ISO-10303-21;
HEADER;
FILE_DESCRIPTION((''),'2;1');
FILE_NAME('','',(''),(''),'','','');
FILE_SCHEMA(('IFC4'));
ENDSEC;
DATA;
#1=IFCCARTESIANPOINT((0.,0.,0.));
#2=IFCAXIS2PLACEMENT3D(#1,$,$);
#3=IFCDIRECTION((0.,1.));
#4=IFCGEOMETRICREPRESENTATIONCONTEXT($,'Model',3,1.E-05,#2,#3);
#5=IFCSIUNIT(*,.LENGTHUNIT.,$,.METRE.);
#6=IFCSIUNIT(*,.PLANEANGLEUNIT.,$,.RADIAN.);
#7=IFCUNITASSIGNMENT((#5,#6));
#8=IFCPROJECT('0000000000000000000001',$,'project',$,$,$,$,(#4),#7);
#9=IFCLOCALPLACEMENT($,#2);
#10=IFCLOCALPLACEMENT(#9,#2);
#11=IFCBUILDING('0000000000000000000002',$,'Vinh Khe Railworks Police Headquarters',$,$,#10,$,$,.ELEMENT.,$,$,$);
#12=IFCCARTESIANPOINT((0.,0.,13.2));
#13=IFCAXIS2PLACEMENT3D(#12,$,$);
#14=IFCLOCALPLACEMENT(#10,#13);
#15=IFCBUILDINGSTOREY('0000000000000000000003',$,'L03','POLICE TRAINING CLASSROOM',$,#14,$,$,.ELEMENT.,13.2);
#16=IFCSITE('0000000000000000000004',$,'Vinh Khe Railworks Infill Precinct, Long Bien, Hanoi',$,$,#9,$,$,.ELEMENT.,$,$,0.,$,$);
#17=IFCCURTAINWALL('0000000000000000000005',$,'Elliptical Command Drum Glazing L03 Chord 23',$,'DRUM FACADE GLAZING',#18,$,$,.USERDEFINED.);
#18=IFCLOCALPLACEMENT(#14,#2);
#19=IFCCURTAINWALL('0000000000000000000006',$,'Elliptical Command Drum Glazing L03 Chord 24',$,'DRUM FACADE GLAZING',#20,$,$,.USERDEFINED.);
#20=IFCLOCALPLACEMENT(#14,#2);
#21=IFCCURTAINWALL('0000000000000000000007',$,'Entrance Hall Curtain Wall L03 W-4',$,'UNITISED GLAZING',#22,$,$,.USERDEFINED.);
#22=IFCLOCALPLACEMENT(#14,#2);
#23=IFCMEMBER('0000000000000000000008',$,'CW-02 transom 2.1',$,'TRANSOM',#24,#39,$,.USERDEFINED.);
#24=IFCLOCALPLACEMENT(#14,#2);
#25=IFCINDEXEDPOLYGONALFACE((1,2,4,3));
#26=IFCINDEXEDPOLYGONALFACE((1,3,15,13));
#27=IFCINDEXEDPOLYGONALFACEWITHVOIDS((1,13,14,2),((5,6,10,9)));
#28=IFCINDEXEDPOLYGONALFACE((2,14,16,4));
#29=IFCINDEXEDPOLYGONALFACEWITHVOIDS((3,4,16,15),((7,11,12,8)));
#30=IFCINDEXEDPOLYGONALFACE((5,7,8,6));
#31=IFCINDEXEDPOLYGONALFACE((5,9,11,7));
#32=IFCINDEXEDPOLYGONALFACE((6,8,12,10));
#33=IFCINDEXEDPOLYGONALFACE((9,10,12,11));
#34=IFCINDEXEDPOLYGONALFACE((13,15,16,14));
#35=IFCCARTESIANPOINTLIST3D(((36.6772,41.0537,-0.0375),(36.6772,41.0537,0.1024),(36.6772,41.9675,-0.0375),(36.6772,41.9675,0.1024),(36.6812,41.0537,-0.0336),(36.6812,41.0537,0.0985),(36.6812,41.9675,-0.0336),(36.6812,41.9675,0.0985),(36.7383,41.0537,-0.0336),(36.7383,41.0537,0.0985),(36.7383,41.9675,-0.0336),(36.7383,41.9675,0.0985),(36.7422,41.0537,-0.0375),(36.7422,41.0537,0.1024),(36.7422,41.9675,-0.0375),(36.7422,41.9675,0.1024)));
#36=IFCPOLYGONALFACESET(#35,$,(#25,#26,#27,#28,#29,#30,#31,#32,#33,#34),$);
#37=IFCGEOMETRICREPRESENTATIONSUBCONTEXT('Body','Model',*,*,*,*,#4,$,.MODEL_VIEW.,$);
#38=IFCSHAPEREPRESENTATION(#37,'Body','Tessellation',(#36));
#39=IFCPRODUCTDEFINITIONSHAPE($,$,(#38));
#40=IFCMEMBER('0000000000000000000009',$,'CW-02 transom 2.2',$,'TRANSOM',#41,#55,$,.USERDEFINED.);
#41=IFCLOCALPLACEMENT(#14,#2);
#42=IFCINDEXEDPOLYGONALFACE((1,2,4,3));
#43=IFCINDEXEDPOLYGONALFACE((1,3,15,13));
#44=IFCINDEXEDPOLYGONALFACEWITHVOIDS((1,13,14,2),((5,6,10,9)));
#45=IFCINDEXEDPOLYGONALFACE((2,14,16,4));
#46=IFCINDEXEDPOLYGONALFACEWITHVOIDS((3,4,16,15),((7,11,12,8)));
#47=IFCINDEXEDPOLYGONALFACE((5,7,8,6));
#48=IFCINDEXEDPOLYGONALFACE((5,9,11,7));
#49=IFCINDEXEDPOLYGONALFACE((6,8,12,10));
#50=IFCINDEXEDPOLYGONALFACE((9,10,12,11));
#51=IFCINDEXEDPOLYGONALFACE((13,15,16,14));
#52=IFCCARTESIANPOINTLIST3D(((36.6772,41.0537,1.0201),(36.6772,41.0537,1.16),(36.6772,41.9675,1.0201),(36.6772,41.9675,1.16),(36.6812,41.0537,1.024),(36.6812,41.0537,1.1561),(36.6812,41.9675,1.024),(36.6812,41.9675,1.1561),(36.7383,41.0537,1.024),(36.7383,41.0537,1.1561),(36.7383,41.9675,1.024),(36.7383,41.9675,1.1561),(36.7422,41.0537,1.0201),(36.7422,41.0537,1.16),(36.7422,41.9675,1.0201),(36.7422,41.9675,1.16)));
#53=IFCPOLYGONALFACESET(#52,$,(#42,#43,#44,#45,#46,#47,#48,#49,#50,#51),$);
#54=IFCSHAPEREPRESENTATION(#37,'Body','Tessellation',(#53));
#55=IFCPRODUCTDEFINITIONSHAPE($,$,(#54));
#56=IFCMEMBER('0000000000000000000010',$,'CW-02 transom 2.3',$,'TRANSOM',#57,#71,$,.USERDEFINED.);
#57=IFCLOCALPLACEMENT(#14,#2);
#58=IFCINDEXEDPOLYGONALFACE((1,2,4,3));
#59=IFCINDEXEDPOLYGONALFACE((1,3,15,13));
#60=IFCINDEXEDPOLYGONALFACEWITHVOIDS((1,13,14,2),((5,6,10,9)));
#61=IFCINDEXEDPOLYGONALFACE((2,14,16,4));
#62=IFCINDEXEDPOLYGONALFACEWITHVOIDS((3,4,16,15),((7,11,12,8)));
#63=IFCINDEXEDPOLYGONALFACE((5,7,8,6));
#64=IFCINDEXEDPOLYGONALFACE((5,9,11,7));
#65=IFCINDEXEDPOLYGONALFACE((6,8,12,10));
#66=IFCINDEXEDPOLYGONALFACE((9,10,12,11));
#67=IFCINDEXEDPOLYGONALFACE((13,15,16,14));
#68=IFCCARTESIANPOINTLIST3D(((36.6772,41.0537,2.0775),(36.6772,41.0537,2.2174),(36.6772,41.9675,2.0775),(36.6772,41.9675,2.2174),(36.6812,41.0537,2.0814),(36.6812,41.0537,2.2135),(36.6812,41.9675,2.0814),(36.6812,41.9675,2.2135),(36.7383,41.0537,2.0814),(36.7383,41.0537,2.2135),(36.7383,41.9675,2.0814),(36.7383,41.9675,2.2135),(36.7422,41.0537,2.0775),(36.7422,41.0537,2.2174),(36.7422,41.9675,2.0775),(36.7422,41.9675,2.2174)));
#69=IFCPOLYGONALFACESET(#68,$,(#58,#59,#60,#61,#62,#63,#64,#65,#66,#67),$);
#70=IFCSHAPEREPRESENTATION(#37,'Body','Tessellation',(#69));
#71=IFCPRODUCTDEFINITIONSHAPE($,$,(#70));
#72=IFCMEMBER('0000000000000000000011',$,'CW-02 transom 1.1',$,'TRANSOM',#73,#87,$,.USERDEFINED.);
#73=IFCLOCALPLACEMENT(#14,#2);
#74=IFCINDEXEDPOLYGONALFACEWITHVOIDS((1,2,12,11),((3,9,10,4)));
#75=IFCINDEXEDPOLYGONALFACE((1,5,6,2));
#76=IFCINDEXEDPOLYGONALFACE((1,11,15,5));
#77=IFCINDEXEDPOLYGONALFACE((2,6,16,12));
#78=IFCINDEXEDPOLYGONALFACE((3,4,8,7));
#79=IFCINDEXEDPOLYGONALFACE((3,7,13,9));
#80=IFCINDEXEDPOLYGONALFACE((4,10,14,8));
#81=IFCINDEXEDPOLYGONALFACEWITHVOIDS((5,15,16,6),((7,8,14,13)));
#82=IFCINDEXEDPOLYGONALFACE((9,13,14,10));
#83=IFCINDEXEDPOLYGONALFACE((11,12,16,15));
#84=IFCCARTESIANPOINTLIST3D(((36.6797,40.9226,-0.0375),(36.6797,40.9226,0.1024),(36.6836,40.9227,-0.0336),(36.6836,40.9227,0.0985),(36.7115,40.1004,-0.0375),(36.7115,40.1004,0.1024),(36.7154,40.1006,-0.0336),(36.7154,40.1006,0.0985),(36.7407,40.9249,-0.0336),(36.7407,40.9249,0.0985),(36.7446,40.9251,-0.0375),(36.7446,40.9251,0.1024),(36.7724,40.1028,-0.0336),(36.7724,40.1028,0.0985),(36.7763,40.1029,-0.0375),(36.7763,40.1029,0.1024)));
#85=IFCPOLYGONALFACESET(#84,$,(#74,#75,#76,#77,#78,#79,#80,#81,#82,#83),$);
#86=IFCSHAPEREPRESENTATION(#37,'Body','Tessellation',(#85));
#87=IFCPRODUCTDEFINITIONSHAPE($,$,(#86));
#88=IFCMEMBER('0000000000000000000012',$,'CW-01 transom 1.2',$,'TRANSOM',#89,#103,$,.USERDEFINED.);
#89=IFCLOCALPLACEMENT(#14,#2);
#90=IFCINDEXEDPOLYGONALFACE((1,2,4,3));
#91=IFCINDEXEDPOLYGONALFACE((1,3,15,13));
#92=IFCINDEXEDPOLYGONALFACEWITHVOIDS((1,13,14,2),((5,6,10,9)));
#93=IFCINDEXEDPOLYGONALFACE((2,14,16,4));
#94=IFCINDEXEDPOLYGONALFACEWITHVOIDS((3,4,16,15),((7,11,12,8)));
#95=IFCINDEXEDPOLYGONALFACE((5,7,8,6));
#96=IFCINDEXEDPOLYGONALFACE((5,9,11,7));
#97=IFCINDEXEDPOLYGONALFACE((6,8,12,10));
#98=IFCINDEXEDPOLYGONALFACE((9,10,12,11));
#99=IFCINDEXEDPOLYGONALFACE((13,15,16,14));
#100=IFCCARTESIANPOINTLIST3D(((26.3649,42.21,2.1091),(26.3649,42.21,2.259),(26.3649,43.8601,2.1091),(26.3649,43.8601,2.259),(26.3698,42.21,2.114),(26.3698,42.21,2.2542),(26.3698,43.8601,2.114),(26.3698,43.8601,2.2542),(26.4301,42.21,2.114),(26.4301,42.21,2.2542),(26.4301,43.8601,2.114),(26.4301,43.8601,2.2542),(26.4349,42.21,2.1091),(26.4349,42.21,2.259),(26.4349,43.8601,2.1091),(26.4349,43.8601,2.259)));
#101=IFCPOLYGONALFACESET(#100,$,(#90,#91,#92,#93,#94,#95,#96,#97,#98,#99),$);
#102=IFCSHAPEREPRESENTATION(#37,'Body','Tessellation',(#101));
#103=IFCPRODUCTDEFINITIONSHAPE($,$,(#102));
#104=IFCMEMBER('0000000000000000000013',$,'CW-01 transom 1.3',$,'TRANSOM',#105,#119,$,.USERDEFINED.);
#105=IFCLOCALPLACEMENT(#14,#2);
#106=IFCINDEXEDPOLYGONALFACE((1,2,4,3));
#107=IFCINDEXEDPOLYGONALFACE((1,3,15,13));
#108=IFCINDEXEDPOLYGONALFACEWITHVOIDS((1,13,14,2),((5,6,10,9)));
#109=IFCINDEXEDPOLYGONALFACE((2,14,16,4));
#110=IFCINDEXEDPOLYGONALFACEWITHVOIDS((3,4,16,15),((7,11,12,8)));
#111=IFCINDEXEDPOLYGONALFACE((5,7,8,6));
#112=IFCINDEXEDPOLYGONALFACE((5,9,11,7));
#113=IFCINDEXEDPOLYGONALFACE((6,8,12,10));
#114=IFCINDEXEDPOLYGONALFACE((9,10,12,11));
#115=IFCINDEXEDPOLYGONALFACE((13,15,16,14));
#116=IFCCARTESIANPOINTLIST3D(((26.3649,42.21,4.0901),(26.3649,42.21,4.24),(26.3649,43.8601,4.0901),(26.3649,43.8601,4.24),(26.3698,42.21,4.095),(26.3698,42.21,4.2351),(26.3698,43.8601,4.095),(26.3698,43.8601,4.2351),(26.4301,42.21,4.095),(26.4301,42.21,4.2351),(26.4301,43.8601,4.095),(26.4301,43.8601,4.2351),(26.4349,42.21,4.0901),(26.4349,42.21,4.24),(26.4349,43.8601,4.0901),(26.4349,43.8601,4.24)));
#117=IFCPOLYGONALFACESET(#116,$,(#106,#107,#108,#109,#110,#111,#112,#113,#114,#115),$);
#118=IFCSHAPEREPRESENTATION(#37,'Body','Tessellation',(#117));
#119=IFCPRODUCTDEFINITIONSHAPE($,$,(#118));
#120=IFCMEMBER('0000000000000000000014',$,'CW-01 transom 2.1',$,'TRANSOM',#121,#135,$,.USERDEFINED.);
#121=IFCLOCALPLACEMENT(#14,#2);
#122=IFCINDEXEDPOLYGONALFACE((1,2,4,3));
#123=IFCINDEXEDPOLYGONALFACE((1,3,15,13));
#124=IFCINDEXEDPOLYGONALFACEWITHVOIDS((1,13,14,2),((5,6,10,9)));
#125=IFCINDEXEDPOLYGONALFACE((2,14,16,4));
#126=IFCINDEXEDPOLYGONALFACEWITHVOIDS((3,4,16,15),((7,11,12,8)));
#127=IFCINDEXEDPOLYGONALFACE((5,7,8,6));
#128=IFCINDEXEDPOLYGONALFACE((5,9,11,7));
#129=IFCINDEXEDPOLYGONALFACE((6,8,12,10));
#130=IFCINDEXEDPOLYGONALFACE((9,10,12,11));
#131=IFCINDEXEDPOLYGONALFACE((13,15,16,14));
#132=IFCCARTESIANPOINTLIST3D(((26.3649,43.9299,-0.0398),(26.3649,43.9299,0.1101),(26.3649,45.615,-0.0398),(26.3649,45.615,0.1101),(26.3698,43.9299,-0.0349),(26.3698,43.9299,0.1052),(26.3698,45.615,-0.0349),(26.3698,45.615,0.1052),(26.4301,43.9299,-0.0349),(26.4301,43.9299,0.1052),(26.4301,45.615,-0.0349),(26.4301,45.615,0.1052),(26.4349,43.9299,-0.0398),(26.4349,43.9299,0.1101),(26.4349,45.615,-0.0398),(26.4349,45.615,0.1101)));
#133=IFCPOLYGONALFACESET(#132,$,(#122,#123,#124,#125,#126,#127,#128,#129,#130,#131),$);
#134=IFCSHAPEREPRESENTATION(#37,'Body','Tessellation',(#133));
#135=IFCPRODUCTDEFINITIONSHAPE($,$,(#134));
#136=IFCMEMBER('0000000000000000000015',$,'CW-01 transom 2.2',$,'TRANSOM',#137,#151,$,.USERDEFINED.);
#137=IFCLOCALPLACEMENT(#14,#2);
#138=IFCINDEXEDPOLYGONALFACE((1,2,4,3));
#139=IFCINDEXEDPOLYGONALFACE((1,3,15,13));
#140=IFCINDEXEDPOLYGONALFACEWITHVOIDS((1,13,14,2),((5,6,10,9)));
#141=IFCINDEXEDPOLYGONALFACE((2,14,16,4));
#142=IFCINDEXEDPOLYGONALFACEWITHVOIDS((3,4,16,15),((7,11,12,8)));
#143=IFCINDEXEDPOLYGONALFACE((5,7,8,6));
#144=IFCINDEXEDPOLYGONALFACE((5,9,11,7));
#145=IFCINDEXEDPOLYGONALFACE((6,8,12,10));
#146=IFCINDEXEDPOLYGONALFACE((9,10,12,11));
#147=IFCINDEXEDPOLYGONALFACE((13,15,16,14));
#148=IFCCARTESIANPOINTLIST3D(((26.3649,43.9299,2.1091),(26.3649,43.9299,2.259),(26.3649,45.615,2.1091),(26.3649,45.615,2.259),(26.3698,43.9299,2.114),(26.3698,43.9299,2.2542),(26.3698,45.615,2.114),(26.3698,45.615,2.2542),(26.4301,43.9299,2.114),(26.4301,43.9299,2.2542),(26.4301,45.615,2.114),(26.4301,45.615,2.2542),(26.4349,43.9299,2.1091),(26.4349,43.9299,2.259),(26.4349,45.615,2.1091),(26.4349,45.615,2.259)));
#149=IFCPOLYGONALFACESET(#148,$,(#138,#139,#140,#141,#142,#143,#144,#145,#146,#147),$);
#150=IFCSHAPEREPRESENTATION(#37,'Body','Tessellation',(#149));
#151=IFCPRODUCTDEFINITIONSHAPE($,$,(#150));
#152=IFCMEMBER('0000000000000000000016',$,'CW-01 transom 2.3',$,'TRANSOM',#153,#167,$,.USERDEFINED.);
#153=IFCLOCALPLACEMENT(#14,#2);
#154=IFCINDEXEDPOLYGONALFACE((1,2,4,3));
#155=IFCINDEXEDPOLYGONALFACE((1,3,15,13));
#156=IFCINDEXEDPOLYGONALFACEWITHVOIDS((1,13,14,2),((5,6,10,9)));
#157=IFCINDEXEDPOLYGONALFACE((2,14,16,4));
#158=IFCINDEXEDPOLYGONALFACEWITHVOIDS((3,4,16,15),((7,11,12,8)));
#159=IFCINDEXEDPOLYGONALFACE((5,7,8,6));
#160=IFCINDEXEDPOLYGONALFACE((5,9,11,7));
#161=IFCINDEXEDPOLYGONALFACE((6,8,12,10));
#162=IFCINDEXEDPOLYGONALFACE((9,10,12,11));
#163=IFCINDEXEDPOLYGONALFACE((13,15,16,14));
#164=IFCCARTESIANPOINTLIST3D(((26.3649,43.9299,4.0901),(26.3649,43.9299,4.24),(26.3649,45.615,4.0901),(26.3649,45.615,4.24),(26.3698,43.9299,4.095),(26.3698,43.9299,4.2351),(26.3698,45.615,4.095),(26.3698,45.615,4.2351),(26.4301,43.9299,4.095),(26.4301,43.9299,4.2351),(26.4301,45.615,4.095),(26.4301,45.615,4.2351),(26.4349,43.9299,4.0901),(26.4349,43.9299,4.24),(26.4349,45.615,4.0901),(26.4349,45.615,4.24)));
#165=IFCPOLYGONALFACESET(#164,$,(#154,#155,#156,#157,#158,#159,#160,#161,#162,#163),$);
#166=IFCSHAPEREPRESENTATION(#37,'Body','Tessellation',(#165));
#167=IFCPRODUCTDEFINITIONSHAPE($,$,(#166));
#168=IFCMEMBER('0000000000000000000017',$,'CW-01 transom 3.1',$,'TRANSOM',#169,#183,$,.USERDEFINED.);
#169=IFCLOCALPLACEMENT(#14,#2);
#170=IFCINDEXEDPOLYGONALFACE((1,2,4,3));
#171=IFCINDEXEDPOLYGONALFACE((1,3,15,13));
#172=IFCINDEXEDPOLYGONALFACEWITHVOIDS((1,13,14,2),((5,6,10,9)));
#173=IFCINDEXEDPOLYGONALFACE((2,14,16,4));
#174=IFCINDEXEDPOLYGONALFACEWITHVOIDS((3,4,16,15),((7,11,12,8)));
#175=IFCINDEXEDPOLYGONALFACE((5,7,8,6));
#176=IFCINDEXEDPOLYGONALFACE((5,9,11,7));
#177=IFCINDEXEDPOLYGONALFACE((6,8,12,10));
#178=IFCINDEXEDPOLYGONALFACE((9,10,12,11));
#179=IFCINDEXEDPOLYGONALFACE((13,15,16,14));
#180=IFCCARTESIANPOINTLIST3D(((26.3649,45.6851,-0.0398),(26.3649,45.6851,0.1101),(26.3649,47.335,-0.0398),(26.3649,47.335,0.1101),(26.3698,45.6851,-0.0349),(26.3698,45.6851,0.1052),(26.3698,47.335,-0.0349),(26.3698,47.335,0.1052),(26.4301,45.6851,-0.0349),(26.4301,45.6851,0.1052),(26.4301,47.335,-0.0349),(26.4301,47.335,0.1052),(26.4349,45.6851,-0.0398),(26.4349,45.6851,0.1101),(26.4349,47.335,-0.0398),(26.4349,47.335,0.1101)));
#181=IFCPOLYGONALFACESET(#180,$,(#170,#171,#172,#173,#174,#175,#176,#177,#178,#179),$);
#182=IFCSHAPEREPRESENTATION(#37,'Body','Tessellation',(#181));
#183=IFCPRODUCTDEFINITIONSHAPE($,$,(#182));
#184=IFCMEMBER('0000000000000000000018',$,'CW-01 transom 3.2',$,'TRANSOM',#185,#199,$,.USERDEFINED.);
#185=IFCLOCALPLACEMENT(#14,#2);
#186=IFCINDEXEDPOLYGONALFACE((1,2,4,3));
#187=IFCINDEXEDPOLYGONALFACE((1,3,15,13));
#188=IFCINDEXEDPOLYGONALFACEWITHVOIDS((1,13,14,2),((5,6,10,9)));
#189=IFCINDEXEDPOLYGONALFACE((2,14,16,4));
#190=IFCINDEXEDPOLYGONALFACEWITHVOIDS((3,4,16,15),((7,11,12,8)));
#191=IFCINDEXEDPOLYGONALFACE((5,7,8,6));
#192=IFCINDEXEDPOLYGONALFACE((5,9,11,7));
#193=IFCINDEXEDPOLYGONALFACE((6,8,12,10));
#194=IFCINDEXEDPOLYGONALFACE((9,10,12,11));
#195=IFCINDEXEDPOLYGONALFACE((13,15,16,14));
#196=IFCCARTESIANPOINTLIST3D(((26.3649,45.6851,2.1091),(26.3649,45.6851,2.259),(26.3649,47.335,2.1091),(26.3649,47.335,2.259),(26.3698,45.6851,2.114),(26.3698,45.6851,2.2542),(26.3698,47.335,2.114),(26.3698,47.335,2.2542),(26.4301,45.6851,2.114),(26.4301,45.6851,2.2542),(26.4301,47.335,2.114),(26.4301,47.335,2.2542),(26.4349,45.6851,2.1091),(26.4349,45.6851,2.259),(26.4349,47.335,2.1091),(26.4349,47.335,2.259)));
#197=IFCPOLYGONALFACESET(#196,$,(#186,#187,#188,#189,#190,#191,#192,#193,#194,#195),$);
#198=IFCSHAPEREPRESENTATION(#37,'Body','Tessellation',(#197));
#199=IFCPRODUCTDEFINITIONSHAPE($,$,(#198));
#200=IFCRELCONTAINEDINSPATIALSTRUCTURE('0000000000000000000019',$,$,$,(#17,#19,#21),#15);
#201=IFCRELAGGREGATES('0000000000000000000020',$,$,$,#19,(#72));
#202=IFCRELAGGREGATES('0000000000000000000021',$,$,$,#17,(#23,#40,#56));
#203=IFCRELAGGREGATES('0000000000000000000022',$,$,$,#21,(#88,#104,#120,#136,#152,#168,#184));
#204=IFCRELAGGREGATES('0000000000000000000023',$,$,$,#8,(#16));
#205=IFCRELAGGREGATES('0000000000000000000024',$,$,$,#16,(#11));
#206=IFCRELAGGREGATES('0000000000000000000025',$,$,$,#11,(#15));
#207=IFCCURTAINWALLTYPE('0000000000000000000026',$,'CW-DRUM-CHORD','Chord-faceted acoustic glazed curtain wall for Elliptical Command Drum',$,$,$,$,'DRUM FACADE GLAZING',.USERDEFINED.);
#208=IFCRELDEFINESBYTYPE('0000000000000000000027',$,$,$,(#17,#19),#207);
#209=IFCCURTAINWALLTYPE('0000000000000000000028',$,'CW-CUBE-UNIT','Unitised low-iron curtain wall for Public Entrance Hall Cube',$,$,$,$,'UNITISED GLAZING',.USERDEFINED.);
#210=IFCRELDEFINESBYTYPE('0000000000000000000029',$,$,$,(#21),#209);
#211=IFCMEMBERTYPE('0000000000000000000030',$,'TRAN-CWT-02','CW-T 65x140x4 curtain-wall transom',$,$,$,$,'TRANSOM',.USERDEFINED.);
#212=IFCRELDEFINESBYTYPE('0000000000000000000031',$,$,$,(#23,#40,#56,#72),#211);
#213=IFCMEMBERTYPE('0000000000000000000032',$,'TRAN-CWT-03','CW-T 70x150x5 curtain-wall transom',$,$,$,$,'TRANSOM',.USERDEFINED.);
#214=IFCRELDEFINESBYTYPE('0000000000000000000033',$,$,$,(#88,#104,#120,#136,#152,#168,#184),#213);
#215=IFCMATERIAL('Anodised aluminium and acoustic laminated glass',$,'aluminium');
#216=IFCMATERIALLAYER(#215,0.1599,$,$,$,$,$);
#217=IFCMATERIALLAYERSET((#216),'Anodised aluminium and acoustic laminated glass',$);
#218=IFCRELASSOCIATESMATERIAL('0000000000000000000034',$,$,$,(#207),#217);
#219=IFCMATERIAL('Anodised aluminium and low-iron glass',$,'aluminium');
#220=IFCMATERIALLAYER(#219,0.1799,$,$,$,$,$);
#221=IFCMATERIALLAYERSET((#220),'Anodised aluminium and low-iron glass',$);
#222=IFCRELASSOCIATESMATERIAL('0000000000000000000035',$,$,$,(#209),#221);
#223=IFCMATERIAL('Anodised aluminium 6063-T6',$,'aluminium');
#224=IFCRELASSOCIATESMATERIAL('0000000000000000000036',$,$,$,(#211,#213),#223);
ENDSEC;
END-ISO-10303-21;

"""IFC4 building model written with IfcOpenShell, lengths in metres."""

from ifc_helpers import new_model, si_unit, direction, frame, origin, origin_2d, place, context, subcontext, project, spatial, hollow_rectangle, extrude, material, layer, layer_set, material_profile, profile_set, type_object, element, aggregate, save


model = new_model("IFC4")

# Units and contexts
model_context = context("Model", 3, precision=1e-05, world=origin(), true_north=direction((0.0, 1.0)))
body_context = subcontext(model_context, "Body", "Model", "MODEL_VIEW")
ifc_project = project(units=[si_unit("LENGTHUNIT", "METRE"), si_unit("PLANEANGLEUNIT", "RADIAN")], contexts=[model_context])

# Site, building, storey
site_placement = place(None, origin())
site = spatial("IfcSite", under=ifc_project, at=site_placement, Name="Vinh Khe Railworks Infill Precinct, Long Bien, Hanoi", CompositionType="ELEMENT", RefElevation=0.0)
building_placement = place(site_placement, origin())
building = spatial("IfcBuilding", under=site, at=building_placement, Name="Vinh Khe Railworks Police Headquarters", CompositionType="ELEMENT")
storey_placement = place(building_placement, frame((0.0, 0.0, 13.2)))
storey = spatial("IfcBuildingStorey", under=building, at=storey_placement, Name="L03", Description="POLICE TRAINING CLASSROOM", CompositionType="ELEMENT", Elevation=13.2)

# Shared definitions
ifc_material_1 = material(Name="Anodised aluminium and acoustic laminated glass", Category="aluminium")
ifc_layer_1 = layer(ifc_material_1, 0.1599)
ifc_layer_set_1 = layer_set([ifc_layer_1], Name="Anodised aluminium and acoustic laminated glass")
curtain_wall_type_1 = type_object("IfcCurtainWallType", Name="CW-DRUM-CHORD", Description="Chord-faceted acoustic glazed curtain wall for Elliptical Command Drum", ElementType="DRUM FACADE GLAZING", PredefinedType="USERDEFINED", material=ifc_layer_set_1)
ifc_material_2 = material(Name="Anodised aluminium 6063-T6", Category="aluminium")

# Curtain wall
curtain_wall_1_placement = place(storey_placement, origin())
curtain_wall_1 = element("IfcCurtainWall", 1, at=curtain_wall_1_placement, inside=storey, type_object=curtain_wall_type_1, Name="Elliptical Command Drum Glazing L03 Chord 23", ObjectType="DRUM FACADE GLAZING", PredefinedType="USERDEFINED")

# Curtain wall
curtain_wall_2_placement = place(storey_placement, origin())
curtain_wall_2 = element("IfcCurtainWall", 2, at=curtain_wall_2_placement, inside=storey, type_object=curtain_wall_type_1, Name="Elliptical Command Drum Glazing L03 Chord 24", ObjectType="DRUM FACADE GLAZING", PredefinedType="USERDEFINED")

# Curtain wall
ifc_material_3 = material(Name="Anodised aluminium and low-iron glass", Category="aluminium")
ifc_layer_2 = layer(ifc_material_3, 0.1799)
ifc_layer_set_2 = layer_set([ifc_layer_2], Name="Anodised aluminium and low-iron glass")
curtain_wall_type_2 = type_object("IfcCurtainWallType", Name="CW-CUBE-UNIT", Description="Unitised low-iron curtain wall for Public Entrance Hall Cube", ElementType="UNITISED GLAZING", PredefinedType="USERDEFINED", material=ifc_layer_set_2)
curtain_wall_3_placement = place(storey_placement, origin())
curtain_wall_3 = element("IfcCurtainWall", 3, at=curtain_wall_3_placement, inside=storey, type_object=curtain_wall_type_2, Name="Entrance Hall Curtain Wall L03 W-4", ObjectType="UNITISED GLAZING", PredefinedType="USERDEFINED")

# Members
ifc_material_profile_1 = material_profile(ifc_material_2, hollow_rectangle(XDim=0.0649, YDim=0.1399, WallThickness=0.0039, at=origin_2d()), Name="CW-T 65x140x4")
ifc_profile_set_1 = profile_set([ifc_material_profile_1], Name="Anodised aluminium 6063-T6")
member_type_1 = type_object("IfcMemberType", Name="TRAN-CWT-02", Description="CW-T 65x140x4 curtain-wall transom", ElementType="TRANSOM", PredefinedType="USERDEFINED", material=ifc_profile_set_1)
member_1_placement = place(storey_placement, frame((36.7097, 41.9675, 0.0325), z_axis=(0.0, -1.0, 0.0), x_axis=(1.0, 0.0, 0.0)))
member_1 = element("IfcMember", 4, at=member_1_placement, type_object=member_type_1, Name="CW-02 transom 2.1", ObjectType="TRANSOM", PredefinedType="USERDEFINED", context=body_context, shape_type="SweptSolid", body=[
    extrude(hollow_rectangle(XDim=0.0649, YDim=0.1399, WallThickness=0.0039, at=origin_2d()), origin(), (0.0, 0.0, 1.0), 0.9138),
])
member_2_placement = place(storey_placement, frame((36.7097, 41.9675, 1.0901), z_axis=(0.0, -1.0, 0.0), x_axis=(1.0, 0.0, 0.0)))
member_2 = element("IfcMember", 5, at=member_2_placement, type_object=member_type_1, Name="CW-02 transom 2.2", ObjectType="TRANSOM", PredefinedType="USERDEFINED", context=body_context, shape_type="SweptSolid", body=[
    extrude(hollow_rectangle(XDim=0.0649, YDim=0.1399, WallThickness=0.0039, at=origin_2d()), origin(), (0.0, 0.0, 1.0), 0.9138),
])
member_3_placement = place(storey_placement, frame((36.7097, 41.9675, 2.1475), z_axis=(0.0, -1.0, 0.0), x_axis=(1.0, 0.0, 0.0)))
member_3 = element("IfcMember", 6, at=member_3_placement, type_object=member_type_1, Name="CW-02 transom 2.3", ObjectType="TRANSOM", PredefinedType="USERDEFINED", context=body_context, shape_type="SweptSolid", body=[
    extrude(hollow_rectangle(XDim=0.0649, YDim=0.1399, WallThickness=0.0039, at=origin_2d()), origin(), (0.0, 0.0, 1.0), 0.9138),
])
member_4_placement = place(storey_placement, frame((36.7122, 40.9238, 0.0325), z_axis=(0.038581, -0.999255, 0.0), x_axis=(0.999255, 0.038581, 0.0)))
member_4 = element("IfcMember", 7, at=member_4_placement, type_object=member_type_1, Name="CW-02 transom 1.1", ObjectType="TRANSOM", PredefinedType="USERDEFINED", context=body_context, shape_type="SweptSolid", body=[
    extrude(hollow_rectangle(XDim=0.0649, YDim=0.1399, WallThickness=0.0039, at=origin_2d()), origin(), (0.0, 0.0, 1.0), 0.8228),
])
aggregate(curtain_wall_2, [member_4])
ifc_material_profile_2 = material_profile(ifc_material_2, hollow_rectangle(XDim=0.0701, YDim=0.1499, WallThickness=0.0049, at=origin_2d()), Name="CW-T 70x150x5")
ifc_profile_set_2 = profile_set([ifc_material_profile_2], Name="Anodised aluminium 6063-T6")
member_type_2 = type_object("IfcMemberType", Name="TRAN-CWT-03", Description="CW-T 70x150x5 curtain-wall transom", ElementType="TRANSOM", PredefinedType="USERDEFINED", material=ifc_profile_set_2)
member_5_placement = place(storey_placement, frame((26.3999, 42.21, 2.1841), z_axis=(0.0, 1.0, 0.0), x_axis=(-1.0, 0.0, 0.0)))
member_5 = element("IfcMember", 8, at=member_5_placement, type_object=member_type_2, Name="CW-01 transom 1.2", ObjectType="TRANSOM", PredefinedType="USERDEFINED", context=body_context, shape_type="SweptSolid", body=[
    extrude(hollow_rectangle(XDim=0.0701, YDim=0.1499, WallThickness=0.0049, at=origin_2d()), origin(), (0.0, 0.0, 1.0), 1.6501),
])
member_6_placement = place(storey_placement, frame((26.3999, 42.21, 4.165), z_axis=(0.0, 1.0, 0.0), x_axis=(-1.0, 0.0, 0.0)))
member_6 = element("IfcMember", 9, at=member_6_placement, type_object=member_type_2, Name="CW-01 transom 1.3", ObjectType="TRANSOM", PredefinedType="USERDEFINED", context=body_context, shape_type="SweptSolid", body=[
    extrude(hollow_rectangle(XDim=0.0701, YDim=0.1499, WallThickness=0.0049, at=origin_2d()), origin(), (0.0, 0.0, 1.0), 1.6501),
])
member_7_placement = place(storey_placement, frame((26.3999, 43.9299, 0.0352), z_axis=(0.0, 1.0, 0.0), x_axis=(-1.0, 0.0, 0.0)))
member_7 = element("IfcMember", 10, at=member_7_placement, type_object=member_type_2, Name="CW-01 transom 2.1", ObjectType="TRANSOM", PredefinedType="USERDEFINED", context=body_context, shape_type="SweptSolid", body=[
    extrude(hollow_rectangle(XDim=0.0701, YDim=0.1499, WallThickness=0.0049, at=origin_2d()), origin(), (0.0, 0.0, 1.0), 1.6851),
])
member_8_placement = place(storey_placement, frame((26.3999, 43.9299, 2.1841), z_axis=(0.0, 1.0, 0.0), x_axis=(-1.0, 0.0, 0.0)))
member_8 = element("IfcMember", 11, at=member_8_placement, type_object=member_type_2, Name="CW-01 transom 2.2", ObjectType="TRANSOM", PredefinedType="USERDEFINED", context=body_context, shape_type="SweptSolid", body=[
    extrude(hollow_rectangle(XDim=0.0701, YDim=0.1499, WallThickness=0.0049, at=origin_2d()), origin(), (0.0, 0.0, 1.0), 1.6851),
])
member_9_placement = place(storey_placement, frame((26.3999, 43.9299, 4.165), z_axis=(0.0, 1.0, 0.0), x_axis=(-1.0, 0.0, 0.0)))
member_9 = element("IfcMember", 12, at=member_9_placement, type_object=member_type_2, Name="CW-01 transom 2.3", ObjectType="TRANSOM", PredefinedType="USERDEFINED", context=body_context, shape_type="SweptSolid", body=[
    extrude(hollow_rectangle(XDim=0.0701, YDim=0.1499, WallThickness=0.0049, at=origin_2d()), origin(), (0.0, 0.0, 1.0), 1.6851),
])
member_10_placement = place(storey_placement, frame((26.3999, 45.6851, 0.0352), z_axis=(0.0, 1.0, 0.0), x_axis=(-1.0, 0.0, 0.0)))
member_10 = element("IfcMember", 13, at=member_10_placement, type_object=member_type_2, Name="CW-01 transom 3.1", ObjectType="TRANSOM", PredefinedType="USERDEFINED", context=body_context, shape_type="SweptSolid", body=[
    extrude(hollow_rectangle(XDim=0.0701, YDim=0.1499, WallThickness=0.0049, at=origin_2d()), origin(), (0.0, 0.0, 1.0), 1.6499),
])
member_11_placement = place(storey_placement, frame((26.3999, 45.6851, 2.1841), z_axis=(0.0, 1.0, 0.0), x_axis=(-1.0, 0.0, 0.0)))
member_11 = element("IfcMember", 14, at=member_11_placement, type_object=member_type_2, Name="CW-01 transom 3.2", ObjectType="TRANSOM", PredefinedType="USERDEFINED", context=body_context, shape_type="SweptSolid", body=[
    extrude(hollow_rectangle(XDim=0.0701, YDim=0.1499, WallThickness=0.0049, at=origin_2d()), origin(), (0.0, 0.0, 1.0), 1.6499),
])

aggregate(curtain_wall_1, [member_1, member_2, member_3])
aggregate(curtain_wall_3, [member_5, member_6, member_7, member_8, member_9, member_10, member_11])

save(model, "model.ifc")
